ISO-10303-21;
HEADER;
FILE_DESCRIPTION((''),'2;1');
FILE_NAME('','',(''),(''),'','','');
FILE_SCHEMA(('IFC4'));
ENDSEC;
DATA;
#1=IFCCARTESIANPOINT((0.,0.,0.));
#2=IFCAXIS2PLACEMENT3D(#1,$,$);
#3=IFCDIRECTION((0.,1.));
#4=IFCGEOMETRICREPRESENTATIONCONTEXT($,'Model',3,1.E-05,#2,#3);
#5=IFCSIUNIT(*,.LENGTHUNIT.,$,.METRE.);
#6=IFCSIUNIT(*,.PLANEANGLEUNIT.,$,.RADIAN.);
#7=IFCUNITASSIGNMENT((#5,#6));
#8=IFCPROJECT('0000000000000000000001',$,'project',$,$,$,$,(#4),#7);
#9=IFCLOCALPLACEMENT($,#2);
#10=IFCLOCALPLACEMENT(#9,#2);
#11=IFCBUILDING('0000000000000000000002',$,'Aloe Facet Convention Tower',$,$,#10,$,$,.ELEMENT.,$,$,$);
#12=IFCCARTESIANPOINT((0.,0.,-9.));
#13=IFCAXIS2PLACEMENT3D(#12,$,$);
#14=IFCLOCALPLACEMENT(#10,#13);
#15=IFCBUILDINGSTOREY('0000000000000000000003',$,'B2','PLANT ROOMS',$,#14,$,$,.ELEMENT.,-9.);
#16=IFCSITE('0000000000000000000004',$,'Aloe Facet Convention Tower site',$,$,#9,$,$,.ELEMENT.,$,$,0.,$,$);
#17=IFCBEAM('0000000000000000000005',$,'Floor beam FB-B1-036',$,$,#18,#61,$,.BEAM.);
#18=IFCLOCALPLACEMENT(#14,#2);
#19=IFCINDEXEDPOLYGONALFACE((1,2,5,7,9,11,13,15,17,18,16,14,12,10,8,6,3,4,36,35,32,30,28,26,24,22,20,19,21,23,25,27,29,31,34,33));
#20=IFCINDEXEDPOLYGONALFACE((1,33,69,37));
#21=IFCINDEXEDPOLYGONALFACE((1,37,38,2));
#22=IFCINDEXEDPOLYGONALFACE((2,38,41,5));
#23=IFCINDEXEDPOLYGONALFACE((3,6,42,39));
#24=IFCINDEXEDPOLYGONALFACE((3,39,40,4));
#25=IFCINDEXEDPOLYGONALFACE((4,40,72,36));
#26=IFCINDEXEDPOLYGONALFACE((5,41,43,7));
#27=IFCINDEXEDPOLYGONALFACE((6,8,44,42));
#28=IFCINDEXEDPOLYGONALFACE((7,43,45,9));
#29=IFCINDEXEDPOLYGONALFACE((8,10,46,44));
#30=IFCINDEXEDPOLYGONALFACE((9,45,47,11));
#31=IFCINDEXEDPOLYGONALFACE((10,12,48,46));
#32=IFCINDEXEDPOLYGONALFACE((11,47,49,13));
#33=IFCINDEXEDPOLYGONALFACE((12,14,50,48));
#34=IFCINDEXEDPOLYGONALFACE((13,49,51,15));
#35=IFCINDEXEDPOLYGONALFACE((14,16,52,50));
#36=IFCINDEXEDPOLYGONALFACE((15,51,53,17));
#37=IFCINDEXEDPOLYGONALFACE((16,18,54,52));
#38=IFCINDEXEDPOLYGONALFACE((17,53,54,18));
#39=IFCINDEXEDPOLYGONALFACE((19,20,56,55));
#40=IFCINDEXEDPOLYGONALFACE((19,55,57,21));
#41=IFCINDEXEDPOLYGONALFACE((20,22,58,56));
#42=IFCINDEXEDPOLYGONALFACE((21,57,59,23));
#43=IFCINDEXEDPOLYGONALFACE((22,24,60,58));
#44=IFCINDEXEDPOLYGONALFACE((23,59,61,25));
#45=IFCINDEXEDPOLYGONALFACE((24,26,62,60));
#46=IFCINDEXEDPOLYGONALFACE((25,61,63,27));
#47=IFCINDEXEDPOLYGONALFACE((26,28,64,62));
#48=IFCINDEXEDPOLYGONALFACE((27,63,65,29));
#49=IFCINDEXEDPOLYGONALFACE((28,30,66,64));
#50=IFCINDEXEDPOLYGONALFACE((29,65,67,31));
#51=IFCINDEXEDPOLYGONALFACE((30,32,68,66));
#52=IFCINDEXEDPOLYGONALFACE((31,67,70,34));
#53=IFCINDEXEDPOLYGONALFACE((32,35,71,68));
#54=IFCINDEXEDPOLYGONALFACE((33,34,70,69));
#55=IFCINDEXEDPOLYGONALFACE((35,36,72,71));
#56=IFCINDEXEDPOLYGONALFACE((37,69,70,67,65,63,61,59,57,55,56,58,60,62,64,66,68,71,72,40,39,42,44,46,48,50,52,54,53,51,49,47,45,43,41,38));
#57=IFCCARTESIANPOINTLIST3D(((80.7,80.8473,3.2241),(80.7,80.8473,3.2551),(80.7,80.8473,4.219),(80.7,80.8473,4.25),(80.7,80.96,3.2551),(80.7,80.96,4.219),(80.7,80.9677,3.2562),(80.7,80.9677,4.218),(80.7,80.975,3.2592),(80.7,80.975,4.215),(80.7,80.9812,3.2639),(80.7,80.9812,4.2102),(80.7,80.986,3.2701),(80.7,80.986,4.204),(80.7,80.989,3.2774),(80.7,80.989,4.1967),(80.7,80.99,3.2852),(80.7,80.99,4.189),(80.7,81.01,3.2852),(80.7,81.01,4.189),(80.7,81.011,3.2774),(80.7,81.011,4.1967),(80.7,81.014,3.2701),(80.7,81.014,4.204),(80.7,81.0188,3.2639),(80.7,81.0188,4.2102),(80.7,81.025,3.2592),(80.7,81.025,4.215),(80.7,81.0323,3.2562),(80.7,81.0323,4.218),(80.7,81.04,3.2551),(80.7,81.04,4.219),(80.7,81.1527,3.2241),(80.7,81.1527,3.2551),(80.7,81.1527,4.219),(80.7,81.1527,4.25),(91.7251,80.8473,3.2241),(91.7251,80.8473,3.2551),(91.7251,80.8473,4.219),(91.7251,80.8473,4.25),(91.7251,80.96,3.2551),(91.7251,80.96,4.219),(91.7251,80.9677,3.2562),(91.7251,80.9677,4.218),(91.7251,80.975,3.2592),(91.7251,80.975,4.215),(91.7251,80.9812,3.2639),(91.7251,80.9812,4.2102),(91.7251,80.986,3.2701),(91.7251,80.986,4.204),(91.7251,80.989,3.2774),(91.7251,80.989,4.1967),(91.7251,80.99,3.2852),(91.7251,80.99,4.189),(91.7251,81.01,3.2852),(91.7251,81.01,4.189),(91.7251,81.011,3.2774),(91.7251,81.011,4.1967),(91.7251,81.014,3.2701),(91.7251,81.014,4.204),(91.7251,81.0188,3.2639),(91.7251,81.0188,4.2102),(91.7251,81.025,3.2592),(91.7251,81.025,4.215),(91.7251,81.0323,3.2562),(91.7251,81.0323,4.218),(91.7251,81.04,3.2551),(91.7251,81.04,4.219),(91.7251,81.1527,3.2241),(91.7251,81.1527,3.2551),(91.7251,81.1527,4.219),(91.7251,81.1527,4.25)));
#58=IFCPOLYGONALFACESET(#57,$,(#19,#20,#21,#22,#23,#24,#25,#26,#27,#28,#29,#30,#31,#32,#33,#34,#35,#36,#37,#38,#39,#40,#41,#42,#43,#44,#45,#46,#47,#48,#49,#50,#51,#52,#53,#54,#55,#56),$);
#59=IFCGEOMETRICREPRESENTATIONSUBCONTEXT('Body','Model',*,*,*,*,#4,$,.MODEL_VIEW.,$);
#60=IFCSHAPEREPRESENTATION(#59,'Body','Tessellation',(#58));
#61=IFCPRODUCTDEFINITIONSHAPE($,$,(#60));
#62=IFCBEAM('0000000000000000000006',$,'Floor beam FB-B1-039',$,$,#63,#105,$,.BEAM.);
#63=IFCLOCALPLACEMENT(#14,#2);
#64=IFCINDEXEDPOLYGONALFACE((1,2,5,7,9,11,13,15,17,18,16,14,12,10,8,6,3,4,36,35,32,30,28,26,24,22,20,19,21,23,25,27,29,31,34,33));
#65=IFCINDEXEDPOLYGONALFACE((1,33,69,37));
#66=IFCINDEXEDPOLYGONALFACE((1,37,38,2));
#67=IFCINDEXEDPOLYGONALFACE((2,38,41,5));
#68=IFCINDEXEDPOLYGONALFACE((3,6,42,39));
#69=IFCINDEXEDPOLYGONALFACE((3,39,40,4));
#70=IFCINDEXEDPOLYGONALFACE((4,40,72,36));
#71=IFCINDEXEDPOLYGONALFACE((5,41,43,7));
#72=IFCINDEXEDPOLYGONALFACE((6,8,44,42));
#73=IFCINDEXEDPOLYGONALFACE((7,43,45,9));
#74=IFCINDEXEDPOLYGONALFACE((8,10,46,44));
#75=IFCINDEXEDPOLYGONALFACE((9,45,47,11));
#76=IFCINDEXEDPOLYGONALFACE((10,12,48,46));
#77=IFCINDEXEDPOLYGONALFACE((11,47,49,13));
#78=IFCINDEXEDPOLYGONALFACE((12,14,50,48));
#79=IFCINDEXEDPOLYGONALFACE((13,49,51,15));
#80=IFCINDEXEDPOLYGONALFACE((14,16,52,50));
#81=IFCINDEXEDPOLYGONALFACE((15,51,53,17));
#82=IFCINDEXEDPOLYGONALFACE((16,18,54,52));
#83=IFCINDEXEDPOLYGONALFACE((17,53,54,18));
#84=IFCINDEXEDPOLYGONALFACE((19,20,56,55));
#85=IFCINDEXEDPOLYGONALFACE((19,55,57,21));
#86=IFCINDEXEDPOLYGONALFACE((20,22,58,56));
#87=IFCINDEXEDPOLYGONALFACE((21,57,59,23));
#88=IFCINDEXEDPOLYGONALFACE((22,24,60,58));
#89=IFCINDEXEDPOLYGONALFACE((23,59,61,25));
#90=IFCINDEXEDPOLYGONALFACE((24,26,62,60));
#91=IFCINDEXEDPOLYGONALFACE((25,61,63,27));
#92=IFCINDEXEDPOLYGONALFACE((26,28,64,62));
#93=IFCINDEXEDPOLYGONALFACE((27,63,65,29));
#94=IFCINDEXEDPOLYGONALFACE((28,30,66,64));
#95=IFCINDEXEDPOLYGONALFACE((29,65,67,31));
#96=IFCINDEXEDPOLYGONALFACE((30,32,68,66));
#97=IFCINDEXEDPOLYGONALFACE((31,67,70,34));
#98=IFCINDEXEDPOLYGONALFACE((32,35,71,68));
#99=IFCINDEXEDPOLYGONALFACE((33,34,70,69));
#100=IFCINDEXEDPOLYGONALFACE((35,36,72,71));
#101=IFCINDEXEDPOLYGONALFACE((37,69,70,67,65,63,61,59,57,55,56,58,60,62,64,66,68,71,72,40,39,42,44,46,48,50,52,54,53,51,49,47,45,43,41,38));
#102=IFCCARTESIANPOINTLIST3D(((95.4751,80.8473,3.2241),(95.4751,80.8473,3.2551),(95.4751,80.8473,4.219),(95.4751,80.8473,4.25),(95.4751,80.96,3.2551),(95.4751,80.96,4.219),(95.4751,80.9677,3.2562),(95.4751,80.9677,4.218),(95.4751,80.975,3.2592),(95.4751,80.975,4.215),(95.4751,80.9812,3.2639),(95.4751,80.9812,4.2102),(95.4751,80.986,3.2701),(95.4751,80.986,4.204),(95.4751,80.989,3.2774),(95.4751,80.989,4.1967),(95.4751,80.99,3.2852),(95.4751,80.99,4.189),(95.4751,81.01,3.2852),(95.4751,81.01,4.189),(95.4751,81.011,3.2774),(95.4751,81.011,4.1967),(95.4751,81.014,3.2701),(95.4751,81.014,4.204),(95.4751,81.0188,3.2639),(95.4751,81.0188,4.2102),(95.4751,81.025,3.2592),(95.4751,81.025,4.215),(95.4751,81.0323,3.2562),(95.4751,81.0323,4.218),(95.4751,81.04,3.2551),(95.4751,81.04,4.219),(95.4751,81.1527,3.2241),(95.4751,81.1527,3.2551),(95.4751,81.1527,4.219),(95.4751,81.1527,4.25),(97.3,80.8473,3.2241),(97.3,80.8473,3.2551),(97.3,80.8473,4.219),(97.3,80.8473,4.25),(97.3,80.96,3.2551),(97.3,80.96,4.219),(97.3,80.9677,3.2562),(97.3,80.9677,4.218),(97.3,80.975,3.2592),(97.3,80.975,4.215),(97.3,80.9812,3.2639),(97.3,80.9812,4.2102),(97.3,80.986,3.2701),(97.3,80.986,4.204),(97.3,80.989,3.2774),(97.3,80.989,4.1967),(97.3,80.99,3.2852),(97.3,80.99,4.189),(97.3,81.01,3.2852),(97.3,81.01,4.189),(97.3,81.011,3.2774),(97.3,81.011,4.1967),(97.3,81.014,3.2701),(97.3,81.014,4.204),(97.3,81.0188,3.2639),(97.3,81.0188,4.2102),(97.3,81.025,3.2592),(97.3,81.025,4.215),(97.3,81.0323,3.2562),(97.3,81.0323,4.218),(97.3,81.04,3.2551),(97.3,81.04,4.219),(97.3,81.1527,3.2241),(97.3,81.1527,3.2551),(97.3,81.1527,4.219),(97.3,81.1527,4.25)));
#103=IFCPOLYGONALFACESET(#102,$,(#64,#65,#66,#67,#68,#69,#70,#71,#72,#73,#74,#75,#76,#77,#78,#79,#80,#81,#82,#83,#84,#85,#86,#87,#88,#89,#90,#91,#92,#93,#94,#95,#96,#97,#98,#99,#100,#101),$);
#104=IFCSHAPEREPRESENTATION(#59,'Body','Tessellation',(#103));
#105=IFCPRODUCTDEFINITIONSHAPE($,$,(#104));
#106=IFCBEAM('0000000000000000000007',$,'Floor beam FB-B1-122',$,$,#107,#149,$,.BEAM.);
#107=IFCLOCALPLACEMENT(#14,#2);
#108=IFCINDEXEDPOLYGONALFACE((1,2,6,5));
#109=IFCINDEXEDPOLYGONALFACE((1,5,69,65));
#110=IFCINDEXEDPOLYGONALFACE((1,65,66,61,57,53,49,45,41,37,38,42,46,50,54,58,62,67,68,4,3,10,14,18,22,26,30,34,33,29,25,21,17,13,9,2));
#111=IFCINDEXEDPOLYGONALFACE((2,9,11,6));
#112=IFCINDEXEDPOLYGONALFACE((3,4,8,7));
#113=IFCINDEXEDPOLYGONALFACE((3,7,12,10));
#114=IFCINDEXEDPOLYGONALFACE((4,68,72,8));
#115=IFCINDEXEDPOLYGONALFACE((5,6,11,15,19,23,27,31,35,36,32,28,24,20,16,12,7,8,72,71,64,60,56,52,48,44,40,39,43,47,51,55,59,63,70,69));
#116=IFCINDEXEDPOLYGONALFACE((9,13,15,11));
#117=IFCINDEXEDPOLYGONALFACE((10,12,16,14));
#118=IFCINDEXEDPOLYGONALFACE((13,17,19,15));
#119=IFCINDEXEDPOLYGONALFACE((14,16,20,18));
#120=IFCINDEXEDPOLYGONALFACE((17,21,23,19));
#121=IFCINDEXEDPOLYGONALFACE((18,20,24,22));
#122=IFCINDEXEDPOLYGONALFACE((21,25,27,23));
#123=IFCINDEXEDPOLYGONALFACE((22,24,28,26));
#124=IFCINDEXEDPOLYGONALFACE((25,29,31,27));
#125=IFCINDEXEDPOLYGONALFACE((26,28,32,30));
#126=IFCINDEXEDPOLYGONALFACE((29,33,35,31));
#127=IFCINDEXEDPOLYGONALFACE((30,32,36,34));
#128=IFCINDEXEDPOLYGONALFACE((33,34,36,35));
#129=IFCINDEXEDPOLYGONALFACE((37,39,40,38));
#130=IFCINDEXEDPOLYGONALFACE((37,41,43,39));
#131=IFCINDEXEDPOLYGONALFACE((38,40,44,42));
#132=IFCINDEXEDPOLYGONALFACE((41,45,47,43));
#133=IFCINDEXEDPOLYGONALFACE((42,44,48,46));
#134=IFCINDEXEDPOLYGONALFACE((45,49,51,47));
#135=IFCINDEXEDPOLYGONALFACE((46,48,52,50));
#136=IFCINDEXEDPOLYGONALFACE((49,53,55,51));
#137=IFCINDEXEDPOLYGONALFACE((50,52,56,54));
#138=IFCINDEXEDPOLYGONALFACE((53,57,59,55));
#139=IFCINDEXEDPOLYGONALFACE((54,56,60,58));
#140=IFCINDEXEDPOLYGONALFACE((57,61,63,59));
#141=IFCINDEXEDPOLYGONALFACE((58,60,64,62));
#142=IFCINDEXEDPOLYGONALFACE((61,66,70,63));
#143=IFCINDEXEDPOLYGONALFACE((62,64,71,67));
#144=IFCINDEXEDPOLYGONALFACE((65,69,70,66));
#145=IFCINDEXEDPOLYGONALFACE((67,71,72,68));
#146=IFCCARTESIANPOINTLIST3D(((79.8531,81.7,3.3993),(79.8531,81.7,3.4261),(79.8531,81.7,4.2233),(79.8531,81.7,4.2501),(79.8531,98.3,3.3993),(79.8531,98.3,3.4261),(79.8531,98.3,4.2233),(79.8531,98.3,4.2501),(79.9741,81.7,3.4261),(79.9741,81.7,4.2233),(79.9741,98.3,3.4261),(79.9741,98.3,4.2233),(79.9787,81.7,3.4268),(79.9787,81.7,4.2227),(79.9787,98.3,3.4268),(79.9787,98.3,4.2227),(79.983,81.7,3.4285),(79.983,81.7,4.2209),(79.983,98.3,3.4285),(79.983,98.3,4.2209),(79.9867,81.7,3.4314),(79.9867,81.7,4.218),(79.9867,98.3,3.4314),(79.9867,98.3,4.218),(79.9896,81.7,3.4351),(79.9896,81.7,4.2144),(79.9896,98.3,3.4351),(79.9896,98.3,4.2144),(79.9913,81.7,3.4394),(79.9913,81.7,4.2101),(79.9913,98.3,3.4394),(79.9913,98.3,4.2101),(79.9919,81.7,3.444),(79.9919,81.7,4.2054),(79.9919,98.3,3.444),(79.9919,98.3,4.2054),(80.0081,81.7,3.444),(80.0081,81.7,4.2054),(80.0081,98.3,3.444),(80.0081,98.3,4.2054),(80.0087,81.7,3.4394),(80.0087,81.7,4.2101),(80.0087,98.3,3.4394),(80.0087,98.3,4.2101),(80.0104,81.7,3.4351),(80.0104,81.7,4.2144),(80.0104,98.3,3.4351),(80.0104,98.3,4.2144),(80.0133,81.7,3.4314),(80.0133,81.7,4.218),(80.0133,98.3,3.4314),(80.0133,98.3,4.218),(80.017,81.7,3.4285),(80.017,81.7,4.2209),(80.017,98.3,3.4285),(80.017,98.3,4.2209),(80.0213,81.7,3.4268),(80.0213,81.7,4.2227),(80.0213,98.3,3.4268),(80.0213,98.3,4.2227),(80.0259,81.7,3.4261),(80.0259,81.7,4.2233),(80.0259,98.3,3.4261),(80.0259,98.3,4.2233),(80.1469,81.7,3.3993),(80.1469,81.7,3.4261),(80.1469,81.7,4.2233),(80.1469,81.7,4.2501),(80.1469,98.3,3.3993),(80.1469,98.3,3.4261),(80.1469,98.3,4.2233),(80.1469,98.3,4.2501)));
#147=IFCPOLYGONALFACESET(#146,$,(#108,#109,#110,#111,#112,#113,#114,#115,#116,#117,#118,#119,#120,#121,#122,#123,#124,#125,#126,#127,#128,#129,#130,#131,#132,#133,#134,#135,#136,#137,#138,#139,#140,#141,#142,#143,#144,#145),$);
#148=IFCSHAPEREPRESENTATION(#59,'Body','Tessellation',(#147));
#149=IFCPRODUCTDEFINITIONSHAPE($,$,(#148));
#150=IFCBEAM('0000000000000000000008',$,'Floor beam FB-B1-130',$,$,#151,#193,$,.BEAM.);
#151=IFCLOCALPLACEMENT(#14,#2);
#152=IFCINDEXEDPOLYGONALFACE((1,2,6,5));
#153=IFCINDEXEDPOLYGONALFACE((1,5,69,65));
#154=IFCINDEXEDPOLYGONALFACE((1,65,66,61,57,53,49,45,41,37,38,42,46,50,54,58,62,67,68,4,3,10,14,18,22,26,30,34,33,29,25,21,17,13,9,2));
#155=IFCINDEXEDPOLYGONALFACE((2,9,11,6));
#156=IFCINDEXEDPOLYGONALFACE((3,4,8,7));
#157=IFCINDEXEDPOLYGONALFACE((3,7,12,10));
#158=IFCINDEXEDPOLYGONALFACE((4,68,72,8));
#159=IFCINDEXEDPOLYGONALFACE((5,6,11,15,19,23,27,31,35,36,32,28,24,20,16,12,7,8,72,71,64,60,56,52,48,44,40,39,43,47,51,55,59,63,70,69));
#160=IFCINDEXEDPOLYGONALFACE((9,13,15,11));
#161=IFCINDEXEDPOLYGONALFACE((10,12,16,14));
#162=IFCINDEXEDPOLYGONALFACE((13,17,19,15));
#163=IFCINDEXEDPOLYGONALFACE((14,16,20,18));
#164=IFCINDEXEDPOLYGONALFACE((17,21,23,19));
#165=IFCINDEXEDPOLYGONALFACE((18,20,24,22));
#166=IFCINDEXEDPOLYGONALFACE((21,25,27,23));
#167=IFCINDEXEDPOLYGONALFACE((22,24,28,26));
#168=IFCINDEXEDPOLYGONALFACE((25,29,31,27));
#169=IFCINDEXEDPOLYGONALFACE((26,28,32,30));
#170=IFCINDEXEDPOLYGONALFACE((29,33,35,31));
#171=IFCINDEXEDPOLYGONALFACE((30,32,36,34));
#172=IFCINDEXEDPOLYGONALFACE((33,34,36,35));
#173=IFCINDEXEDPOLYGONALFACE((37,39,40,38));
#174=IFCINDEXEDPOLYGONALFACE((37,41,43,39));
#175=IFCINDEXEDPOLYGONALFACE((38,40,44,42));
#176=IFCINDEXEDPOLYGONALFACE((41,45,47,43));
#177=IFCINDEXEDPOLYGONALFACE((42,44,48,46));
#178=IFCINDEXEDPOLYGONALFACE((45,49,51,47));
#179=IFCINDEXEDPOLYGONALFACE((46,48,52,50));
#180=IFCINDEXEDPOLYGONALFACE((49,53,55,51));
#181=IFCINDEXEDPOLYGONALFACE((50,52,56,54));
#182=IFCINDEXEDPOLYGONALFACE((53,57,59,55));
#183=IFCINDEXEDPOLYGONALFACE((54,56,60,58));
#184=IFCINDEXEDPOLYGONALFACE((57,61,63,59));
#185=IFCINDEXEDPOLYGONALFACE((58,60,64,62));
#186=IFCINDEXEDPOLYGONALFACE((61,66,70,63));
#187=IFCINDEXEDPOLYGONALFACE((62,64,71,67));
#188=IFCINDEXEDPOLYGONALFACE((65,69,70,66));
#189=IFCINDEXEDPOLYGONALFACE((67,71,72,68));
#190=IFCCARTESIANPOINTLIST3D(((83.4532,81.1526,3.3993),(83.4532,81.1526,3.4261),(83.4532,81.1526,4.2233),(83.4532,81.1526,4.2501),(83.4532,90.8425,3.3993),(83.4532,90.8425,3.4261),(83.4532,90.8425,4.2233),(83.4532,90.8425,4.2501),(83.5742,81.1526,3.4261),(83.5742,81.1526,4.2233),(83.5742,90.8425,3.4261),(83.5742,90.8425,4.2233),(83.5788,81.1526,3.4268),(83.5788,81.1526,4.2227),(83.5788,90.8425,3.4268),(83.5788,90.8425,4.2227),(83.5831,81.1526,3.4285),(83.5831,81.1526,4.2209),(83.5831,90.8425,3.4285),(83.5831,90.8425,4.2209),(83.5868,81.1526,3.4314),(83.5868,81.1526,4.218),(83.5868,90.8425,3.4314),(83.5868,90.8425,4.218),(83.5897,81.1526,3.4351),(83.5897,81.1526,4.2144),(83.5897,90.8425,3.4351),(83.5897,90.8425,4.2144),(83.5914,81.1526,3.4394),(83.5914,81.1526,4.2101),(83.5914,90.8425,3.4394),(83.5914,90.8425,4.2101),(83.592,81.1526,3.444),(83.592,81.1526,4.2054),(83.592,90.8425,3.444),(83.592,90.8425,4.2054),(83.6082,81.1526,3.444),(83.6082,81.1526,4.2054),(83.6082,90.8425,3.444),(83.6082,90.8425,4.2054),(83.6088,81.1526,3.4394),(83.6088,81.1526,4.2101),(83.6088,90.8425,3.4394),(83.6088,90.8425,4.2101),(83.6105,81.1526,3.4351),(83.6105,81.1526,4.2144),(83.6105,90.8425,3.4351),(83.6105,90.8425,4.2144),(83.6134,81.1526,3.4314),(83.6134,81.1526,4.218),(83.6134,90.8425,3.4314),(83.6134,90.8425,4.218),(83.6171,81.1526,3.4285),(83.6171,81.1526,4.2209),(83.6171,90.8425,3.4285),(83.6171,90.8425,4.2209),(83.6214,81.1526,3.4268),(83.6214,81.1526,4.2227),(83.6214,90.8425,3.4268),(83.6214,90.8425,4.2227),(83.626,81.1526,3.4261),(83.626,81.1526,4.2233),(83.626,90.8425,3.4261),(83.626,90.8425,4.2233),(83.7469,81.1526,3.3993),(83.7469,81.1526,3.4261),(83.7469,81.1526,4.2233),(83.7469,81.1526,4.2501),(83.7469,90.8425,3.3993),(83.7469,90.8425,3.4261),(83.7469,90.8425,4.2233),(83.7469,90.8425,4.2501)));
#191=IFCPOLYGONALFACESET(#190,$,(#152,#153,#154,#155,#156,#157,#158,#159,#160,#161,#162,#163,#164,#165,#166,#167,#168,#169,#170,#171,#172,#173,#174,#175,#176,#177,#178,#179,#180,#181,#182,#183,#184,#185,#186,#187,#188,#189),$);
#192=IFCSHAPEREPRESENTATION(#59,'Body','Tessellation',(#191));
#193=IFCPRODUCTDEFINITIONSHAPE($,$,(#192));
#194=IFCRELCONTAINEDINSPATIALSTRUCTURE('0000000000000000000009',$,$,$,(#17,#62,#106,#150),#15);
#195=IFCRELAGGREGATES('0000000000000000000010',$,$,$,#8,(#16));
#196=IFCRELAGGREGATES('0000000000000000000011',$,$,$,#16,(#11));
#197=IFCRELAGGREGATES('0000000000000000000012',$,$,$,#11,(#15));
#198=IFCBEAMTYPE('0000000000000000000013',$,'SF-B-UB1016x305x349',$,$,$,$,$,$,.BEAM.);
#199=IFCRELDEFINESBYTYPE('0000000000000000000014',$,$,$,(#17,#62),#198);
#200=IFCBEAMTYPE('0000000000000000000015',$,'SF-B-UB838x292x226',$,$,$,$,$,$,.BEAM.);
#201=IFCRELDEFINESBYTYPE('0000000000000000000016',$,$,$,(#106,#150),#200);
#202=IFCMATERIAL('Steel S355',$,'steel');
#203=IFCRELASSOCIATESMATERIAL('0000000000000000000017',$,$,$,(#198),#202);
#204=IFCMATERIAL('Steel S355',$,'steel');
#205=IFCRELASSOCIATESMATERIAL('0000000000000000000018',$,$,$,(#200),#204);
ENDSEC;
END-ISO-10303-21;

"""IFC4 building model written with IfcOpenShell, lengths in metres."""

from ifc_helpers import new_model, si_unit, direction, frame, origin, origin_2d, place, context, subcontext, project, spatial, i_section, extrude, material, material_profile, profile_set, type_object, element, save


model = new_model("IFC4")

# Units and contexts
model_context = context("Model", 3, precision=1e-05, world=origin(), true_north=direction((0.0, 1.0)))
body_context = subcontext(model_context, "Body", "Model", "MODEL_VIEW")
ifc_project = project(units=[si_unit("LENGTHUNIT", "METRE"), si_unit("PLANEANGLEUNIT", "RADIAN")], contexts=[model_context])

# Site, building, storey
site_placement = place(None, origin())
site = spatial("IfcSite", under=ifc_project, at=site_placement, Name="Aloe Facet Convention Tower site", CompositionType="ELEMENT", RefElevation=0.0)
building_placement = place(site_placement, origin())
building = spatial("IfcBuilding", under=site, at=building_placement, Name="Aloe Facet Convention Tower", CompositionType="ELEMENT")
storey_placement = place(building_placement, frame((0.0, 0.0, -9.0)))
storey = spatial("IfcBuildingStorey", under=building, at=storey_placement, Name="B2", Description="PLANT ROOMS", CompositionType="ELEMENT", Elevation=-9.0)

# Beams
ifc_material_1 = material(Name="Steel S355", Category="steel")
ifc_material_profile_1 = material_profile(ifc_material_1, i_section(OverallWidth=0.3054, OverallDepth=1.0259, WebThickness=0.02, FlangeThickness=0.031, FilletRadius=0.03, at=origin_2d()), Name="UB 1016x305x349")
ifc_profile_set_1 = profile_set([ifc_material_profile_1], Name="Steel S355")
beam_type_1 = type_object("IfcBeamType", Name="SF-B-UB1016x305x349", PredefinedType="BEAM", material=ifc_profile_set_1)
beam_1_placement = place(storey_placement, frame((80.7, 81.0, 3.7371), z_axis=(1.0, 0.0, 0.0), x_axis=(0.0, 1.0, 0.0)))
element("IfcBeam", 1, at=beam_1_placement, inside=storey, type_object=beam_type_1, Name="Floor beam FB-B1-036", PredefinedType="BEAM", context=body_context, shape_type="SweptSolid", body=[
    extrude(i_section(OverallWidth=0.3054, OverallDepth=1.0259, WebThickness=0.02, FlangeThickness=0.031, FilletRadius=0.03, at=origin_2d()), origin(), (0.0, 0.0, 1.0), 11.0251),
])
beam_2_placement = place(storey_placement, frame((95.4751, 81.0, 3.7371), z_axis=(1.0, 0.0, 0.0), x_axis=(0.0, 1.0, 0.0)))
element("IfcBeam", 2, at=beam_2_placement, inside=storey, type_object=beam_type_1, Name="Floor beam FB-B1-039", PredefinedType="BEAM", context=body_context, shape_type="SweptSolid", body=[
    extrude(i_section(OverallWidth=0.3054, OverallDepth=1.0259, WebThickness=0.02, FlangeThickness=0.031, FilletRadius=0.03, at=origin_2d()), origin(), (0.0, 0.0, 1.0), 1.825),
])
ifc_material_2 = material(Name="Steel S355", Category="steel")
ifc_material_profile_2 = material_profile(ifc_material_2, i_section(OverallWidth=0.2937, OverallDepth=0.8508, WebThickness=0.0161, FlangeThickness=0.0269, FilletRadius=0.0178, at=origin_2d()), Name="UB 838x292x226")
ifc_profile_set_2 = profile_set([ifc_material_profile_2], Name="Steel S355")
beam_type_2 = type_object("IfcBeamType", Name="SF-B-UB838x292x226", PredefinedType="BEAM", material=ifc_profile_set_2)
beam_3_placement = place(storey_placement, frame((80.0, 81.7, 3.8247), z_axis=(0.0, 1.0, 0.0), x_axis=(-1.0, 0.0, 0.0)))
element("IfcBeam", 3, at=beam_3_placement, inside=storey, type_object=beam_type_2, Name="Floor beam FB-B1-122", PredefinedType="BEAM", context=body_context, shape_type="SweptSolid", body=[
    extrude(i_section(OverallWidth=0.2937, OverallDepth=0.8508, WebThickness=0.0161, FlangeThickness=0.0269, FilletRadius=0.0178, at=origin_2d()), origin(), (0.0, 0.0, 1.0), 16.6001),
])
beam_4_placement = place(storey_placement, frame((83.6001, 81.1526, 3.8247), z_axis=(0.0, 1.0, 0.0), x_axis=(-1.0, 0.0, 0.0)))
element("IfcBeam", 4, at=beam_4_placement, inside=storey, type_object=beam_type_2, Name="Floor beam FB-B1-130", PredefinedType="BEAM", context=body_context, shape_type="SweptSolid", body=[
    extrude(i_section(OverallWidth=0.2937, OverallDepth=0.8508, WebThickness=0.0161, FlangeThickness=0.0269, FilletRadius=0.0178, at=origin_2d()), origin(), (0.0, 0.0, 1.0), 9.6899),
])

save(model, "model.ifc")
